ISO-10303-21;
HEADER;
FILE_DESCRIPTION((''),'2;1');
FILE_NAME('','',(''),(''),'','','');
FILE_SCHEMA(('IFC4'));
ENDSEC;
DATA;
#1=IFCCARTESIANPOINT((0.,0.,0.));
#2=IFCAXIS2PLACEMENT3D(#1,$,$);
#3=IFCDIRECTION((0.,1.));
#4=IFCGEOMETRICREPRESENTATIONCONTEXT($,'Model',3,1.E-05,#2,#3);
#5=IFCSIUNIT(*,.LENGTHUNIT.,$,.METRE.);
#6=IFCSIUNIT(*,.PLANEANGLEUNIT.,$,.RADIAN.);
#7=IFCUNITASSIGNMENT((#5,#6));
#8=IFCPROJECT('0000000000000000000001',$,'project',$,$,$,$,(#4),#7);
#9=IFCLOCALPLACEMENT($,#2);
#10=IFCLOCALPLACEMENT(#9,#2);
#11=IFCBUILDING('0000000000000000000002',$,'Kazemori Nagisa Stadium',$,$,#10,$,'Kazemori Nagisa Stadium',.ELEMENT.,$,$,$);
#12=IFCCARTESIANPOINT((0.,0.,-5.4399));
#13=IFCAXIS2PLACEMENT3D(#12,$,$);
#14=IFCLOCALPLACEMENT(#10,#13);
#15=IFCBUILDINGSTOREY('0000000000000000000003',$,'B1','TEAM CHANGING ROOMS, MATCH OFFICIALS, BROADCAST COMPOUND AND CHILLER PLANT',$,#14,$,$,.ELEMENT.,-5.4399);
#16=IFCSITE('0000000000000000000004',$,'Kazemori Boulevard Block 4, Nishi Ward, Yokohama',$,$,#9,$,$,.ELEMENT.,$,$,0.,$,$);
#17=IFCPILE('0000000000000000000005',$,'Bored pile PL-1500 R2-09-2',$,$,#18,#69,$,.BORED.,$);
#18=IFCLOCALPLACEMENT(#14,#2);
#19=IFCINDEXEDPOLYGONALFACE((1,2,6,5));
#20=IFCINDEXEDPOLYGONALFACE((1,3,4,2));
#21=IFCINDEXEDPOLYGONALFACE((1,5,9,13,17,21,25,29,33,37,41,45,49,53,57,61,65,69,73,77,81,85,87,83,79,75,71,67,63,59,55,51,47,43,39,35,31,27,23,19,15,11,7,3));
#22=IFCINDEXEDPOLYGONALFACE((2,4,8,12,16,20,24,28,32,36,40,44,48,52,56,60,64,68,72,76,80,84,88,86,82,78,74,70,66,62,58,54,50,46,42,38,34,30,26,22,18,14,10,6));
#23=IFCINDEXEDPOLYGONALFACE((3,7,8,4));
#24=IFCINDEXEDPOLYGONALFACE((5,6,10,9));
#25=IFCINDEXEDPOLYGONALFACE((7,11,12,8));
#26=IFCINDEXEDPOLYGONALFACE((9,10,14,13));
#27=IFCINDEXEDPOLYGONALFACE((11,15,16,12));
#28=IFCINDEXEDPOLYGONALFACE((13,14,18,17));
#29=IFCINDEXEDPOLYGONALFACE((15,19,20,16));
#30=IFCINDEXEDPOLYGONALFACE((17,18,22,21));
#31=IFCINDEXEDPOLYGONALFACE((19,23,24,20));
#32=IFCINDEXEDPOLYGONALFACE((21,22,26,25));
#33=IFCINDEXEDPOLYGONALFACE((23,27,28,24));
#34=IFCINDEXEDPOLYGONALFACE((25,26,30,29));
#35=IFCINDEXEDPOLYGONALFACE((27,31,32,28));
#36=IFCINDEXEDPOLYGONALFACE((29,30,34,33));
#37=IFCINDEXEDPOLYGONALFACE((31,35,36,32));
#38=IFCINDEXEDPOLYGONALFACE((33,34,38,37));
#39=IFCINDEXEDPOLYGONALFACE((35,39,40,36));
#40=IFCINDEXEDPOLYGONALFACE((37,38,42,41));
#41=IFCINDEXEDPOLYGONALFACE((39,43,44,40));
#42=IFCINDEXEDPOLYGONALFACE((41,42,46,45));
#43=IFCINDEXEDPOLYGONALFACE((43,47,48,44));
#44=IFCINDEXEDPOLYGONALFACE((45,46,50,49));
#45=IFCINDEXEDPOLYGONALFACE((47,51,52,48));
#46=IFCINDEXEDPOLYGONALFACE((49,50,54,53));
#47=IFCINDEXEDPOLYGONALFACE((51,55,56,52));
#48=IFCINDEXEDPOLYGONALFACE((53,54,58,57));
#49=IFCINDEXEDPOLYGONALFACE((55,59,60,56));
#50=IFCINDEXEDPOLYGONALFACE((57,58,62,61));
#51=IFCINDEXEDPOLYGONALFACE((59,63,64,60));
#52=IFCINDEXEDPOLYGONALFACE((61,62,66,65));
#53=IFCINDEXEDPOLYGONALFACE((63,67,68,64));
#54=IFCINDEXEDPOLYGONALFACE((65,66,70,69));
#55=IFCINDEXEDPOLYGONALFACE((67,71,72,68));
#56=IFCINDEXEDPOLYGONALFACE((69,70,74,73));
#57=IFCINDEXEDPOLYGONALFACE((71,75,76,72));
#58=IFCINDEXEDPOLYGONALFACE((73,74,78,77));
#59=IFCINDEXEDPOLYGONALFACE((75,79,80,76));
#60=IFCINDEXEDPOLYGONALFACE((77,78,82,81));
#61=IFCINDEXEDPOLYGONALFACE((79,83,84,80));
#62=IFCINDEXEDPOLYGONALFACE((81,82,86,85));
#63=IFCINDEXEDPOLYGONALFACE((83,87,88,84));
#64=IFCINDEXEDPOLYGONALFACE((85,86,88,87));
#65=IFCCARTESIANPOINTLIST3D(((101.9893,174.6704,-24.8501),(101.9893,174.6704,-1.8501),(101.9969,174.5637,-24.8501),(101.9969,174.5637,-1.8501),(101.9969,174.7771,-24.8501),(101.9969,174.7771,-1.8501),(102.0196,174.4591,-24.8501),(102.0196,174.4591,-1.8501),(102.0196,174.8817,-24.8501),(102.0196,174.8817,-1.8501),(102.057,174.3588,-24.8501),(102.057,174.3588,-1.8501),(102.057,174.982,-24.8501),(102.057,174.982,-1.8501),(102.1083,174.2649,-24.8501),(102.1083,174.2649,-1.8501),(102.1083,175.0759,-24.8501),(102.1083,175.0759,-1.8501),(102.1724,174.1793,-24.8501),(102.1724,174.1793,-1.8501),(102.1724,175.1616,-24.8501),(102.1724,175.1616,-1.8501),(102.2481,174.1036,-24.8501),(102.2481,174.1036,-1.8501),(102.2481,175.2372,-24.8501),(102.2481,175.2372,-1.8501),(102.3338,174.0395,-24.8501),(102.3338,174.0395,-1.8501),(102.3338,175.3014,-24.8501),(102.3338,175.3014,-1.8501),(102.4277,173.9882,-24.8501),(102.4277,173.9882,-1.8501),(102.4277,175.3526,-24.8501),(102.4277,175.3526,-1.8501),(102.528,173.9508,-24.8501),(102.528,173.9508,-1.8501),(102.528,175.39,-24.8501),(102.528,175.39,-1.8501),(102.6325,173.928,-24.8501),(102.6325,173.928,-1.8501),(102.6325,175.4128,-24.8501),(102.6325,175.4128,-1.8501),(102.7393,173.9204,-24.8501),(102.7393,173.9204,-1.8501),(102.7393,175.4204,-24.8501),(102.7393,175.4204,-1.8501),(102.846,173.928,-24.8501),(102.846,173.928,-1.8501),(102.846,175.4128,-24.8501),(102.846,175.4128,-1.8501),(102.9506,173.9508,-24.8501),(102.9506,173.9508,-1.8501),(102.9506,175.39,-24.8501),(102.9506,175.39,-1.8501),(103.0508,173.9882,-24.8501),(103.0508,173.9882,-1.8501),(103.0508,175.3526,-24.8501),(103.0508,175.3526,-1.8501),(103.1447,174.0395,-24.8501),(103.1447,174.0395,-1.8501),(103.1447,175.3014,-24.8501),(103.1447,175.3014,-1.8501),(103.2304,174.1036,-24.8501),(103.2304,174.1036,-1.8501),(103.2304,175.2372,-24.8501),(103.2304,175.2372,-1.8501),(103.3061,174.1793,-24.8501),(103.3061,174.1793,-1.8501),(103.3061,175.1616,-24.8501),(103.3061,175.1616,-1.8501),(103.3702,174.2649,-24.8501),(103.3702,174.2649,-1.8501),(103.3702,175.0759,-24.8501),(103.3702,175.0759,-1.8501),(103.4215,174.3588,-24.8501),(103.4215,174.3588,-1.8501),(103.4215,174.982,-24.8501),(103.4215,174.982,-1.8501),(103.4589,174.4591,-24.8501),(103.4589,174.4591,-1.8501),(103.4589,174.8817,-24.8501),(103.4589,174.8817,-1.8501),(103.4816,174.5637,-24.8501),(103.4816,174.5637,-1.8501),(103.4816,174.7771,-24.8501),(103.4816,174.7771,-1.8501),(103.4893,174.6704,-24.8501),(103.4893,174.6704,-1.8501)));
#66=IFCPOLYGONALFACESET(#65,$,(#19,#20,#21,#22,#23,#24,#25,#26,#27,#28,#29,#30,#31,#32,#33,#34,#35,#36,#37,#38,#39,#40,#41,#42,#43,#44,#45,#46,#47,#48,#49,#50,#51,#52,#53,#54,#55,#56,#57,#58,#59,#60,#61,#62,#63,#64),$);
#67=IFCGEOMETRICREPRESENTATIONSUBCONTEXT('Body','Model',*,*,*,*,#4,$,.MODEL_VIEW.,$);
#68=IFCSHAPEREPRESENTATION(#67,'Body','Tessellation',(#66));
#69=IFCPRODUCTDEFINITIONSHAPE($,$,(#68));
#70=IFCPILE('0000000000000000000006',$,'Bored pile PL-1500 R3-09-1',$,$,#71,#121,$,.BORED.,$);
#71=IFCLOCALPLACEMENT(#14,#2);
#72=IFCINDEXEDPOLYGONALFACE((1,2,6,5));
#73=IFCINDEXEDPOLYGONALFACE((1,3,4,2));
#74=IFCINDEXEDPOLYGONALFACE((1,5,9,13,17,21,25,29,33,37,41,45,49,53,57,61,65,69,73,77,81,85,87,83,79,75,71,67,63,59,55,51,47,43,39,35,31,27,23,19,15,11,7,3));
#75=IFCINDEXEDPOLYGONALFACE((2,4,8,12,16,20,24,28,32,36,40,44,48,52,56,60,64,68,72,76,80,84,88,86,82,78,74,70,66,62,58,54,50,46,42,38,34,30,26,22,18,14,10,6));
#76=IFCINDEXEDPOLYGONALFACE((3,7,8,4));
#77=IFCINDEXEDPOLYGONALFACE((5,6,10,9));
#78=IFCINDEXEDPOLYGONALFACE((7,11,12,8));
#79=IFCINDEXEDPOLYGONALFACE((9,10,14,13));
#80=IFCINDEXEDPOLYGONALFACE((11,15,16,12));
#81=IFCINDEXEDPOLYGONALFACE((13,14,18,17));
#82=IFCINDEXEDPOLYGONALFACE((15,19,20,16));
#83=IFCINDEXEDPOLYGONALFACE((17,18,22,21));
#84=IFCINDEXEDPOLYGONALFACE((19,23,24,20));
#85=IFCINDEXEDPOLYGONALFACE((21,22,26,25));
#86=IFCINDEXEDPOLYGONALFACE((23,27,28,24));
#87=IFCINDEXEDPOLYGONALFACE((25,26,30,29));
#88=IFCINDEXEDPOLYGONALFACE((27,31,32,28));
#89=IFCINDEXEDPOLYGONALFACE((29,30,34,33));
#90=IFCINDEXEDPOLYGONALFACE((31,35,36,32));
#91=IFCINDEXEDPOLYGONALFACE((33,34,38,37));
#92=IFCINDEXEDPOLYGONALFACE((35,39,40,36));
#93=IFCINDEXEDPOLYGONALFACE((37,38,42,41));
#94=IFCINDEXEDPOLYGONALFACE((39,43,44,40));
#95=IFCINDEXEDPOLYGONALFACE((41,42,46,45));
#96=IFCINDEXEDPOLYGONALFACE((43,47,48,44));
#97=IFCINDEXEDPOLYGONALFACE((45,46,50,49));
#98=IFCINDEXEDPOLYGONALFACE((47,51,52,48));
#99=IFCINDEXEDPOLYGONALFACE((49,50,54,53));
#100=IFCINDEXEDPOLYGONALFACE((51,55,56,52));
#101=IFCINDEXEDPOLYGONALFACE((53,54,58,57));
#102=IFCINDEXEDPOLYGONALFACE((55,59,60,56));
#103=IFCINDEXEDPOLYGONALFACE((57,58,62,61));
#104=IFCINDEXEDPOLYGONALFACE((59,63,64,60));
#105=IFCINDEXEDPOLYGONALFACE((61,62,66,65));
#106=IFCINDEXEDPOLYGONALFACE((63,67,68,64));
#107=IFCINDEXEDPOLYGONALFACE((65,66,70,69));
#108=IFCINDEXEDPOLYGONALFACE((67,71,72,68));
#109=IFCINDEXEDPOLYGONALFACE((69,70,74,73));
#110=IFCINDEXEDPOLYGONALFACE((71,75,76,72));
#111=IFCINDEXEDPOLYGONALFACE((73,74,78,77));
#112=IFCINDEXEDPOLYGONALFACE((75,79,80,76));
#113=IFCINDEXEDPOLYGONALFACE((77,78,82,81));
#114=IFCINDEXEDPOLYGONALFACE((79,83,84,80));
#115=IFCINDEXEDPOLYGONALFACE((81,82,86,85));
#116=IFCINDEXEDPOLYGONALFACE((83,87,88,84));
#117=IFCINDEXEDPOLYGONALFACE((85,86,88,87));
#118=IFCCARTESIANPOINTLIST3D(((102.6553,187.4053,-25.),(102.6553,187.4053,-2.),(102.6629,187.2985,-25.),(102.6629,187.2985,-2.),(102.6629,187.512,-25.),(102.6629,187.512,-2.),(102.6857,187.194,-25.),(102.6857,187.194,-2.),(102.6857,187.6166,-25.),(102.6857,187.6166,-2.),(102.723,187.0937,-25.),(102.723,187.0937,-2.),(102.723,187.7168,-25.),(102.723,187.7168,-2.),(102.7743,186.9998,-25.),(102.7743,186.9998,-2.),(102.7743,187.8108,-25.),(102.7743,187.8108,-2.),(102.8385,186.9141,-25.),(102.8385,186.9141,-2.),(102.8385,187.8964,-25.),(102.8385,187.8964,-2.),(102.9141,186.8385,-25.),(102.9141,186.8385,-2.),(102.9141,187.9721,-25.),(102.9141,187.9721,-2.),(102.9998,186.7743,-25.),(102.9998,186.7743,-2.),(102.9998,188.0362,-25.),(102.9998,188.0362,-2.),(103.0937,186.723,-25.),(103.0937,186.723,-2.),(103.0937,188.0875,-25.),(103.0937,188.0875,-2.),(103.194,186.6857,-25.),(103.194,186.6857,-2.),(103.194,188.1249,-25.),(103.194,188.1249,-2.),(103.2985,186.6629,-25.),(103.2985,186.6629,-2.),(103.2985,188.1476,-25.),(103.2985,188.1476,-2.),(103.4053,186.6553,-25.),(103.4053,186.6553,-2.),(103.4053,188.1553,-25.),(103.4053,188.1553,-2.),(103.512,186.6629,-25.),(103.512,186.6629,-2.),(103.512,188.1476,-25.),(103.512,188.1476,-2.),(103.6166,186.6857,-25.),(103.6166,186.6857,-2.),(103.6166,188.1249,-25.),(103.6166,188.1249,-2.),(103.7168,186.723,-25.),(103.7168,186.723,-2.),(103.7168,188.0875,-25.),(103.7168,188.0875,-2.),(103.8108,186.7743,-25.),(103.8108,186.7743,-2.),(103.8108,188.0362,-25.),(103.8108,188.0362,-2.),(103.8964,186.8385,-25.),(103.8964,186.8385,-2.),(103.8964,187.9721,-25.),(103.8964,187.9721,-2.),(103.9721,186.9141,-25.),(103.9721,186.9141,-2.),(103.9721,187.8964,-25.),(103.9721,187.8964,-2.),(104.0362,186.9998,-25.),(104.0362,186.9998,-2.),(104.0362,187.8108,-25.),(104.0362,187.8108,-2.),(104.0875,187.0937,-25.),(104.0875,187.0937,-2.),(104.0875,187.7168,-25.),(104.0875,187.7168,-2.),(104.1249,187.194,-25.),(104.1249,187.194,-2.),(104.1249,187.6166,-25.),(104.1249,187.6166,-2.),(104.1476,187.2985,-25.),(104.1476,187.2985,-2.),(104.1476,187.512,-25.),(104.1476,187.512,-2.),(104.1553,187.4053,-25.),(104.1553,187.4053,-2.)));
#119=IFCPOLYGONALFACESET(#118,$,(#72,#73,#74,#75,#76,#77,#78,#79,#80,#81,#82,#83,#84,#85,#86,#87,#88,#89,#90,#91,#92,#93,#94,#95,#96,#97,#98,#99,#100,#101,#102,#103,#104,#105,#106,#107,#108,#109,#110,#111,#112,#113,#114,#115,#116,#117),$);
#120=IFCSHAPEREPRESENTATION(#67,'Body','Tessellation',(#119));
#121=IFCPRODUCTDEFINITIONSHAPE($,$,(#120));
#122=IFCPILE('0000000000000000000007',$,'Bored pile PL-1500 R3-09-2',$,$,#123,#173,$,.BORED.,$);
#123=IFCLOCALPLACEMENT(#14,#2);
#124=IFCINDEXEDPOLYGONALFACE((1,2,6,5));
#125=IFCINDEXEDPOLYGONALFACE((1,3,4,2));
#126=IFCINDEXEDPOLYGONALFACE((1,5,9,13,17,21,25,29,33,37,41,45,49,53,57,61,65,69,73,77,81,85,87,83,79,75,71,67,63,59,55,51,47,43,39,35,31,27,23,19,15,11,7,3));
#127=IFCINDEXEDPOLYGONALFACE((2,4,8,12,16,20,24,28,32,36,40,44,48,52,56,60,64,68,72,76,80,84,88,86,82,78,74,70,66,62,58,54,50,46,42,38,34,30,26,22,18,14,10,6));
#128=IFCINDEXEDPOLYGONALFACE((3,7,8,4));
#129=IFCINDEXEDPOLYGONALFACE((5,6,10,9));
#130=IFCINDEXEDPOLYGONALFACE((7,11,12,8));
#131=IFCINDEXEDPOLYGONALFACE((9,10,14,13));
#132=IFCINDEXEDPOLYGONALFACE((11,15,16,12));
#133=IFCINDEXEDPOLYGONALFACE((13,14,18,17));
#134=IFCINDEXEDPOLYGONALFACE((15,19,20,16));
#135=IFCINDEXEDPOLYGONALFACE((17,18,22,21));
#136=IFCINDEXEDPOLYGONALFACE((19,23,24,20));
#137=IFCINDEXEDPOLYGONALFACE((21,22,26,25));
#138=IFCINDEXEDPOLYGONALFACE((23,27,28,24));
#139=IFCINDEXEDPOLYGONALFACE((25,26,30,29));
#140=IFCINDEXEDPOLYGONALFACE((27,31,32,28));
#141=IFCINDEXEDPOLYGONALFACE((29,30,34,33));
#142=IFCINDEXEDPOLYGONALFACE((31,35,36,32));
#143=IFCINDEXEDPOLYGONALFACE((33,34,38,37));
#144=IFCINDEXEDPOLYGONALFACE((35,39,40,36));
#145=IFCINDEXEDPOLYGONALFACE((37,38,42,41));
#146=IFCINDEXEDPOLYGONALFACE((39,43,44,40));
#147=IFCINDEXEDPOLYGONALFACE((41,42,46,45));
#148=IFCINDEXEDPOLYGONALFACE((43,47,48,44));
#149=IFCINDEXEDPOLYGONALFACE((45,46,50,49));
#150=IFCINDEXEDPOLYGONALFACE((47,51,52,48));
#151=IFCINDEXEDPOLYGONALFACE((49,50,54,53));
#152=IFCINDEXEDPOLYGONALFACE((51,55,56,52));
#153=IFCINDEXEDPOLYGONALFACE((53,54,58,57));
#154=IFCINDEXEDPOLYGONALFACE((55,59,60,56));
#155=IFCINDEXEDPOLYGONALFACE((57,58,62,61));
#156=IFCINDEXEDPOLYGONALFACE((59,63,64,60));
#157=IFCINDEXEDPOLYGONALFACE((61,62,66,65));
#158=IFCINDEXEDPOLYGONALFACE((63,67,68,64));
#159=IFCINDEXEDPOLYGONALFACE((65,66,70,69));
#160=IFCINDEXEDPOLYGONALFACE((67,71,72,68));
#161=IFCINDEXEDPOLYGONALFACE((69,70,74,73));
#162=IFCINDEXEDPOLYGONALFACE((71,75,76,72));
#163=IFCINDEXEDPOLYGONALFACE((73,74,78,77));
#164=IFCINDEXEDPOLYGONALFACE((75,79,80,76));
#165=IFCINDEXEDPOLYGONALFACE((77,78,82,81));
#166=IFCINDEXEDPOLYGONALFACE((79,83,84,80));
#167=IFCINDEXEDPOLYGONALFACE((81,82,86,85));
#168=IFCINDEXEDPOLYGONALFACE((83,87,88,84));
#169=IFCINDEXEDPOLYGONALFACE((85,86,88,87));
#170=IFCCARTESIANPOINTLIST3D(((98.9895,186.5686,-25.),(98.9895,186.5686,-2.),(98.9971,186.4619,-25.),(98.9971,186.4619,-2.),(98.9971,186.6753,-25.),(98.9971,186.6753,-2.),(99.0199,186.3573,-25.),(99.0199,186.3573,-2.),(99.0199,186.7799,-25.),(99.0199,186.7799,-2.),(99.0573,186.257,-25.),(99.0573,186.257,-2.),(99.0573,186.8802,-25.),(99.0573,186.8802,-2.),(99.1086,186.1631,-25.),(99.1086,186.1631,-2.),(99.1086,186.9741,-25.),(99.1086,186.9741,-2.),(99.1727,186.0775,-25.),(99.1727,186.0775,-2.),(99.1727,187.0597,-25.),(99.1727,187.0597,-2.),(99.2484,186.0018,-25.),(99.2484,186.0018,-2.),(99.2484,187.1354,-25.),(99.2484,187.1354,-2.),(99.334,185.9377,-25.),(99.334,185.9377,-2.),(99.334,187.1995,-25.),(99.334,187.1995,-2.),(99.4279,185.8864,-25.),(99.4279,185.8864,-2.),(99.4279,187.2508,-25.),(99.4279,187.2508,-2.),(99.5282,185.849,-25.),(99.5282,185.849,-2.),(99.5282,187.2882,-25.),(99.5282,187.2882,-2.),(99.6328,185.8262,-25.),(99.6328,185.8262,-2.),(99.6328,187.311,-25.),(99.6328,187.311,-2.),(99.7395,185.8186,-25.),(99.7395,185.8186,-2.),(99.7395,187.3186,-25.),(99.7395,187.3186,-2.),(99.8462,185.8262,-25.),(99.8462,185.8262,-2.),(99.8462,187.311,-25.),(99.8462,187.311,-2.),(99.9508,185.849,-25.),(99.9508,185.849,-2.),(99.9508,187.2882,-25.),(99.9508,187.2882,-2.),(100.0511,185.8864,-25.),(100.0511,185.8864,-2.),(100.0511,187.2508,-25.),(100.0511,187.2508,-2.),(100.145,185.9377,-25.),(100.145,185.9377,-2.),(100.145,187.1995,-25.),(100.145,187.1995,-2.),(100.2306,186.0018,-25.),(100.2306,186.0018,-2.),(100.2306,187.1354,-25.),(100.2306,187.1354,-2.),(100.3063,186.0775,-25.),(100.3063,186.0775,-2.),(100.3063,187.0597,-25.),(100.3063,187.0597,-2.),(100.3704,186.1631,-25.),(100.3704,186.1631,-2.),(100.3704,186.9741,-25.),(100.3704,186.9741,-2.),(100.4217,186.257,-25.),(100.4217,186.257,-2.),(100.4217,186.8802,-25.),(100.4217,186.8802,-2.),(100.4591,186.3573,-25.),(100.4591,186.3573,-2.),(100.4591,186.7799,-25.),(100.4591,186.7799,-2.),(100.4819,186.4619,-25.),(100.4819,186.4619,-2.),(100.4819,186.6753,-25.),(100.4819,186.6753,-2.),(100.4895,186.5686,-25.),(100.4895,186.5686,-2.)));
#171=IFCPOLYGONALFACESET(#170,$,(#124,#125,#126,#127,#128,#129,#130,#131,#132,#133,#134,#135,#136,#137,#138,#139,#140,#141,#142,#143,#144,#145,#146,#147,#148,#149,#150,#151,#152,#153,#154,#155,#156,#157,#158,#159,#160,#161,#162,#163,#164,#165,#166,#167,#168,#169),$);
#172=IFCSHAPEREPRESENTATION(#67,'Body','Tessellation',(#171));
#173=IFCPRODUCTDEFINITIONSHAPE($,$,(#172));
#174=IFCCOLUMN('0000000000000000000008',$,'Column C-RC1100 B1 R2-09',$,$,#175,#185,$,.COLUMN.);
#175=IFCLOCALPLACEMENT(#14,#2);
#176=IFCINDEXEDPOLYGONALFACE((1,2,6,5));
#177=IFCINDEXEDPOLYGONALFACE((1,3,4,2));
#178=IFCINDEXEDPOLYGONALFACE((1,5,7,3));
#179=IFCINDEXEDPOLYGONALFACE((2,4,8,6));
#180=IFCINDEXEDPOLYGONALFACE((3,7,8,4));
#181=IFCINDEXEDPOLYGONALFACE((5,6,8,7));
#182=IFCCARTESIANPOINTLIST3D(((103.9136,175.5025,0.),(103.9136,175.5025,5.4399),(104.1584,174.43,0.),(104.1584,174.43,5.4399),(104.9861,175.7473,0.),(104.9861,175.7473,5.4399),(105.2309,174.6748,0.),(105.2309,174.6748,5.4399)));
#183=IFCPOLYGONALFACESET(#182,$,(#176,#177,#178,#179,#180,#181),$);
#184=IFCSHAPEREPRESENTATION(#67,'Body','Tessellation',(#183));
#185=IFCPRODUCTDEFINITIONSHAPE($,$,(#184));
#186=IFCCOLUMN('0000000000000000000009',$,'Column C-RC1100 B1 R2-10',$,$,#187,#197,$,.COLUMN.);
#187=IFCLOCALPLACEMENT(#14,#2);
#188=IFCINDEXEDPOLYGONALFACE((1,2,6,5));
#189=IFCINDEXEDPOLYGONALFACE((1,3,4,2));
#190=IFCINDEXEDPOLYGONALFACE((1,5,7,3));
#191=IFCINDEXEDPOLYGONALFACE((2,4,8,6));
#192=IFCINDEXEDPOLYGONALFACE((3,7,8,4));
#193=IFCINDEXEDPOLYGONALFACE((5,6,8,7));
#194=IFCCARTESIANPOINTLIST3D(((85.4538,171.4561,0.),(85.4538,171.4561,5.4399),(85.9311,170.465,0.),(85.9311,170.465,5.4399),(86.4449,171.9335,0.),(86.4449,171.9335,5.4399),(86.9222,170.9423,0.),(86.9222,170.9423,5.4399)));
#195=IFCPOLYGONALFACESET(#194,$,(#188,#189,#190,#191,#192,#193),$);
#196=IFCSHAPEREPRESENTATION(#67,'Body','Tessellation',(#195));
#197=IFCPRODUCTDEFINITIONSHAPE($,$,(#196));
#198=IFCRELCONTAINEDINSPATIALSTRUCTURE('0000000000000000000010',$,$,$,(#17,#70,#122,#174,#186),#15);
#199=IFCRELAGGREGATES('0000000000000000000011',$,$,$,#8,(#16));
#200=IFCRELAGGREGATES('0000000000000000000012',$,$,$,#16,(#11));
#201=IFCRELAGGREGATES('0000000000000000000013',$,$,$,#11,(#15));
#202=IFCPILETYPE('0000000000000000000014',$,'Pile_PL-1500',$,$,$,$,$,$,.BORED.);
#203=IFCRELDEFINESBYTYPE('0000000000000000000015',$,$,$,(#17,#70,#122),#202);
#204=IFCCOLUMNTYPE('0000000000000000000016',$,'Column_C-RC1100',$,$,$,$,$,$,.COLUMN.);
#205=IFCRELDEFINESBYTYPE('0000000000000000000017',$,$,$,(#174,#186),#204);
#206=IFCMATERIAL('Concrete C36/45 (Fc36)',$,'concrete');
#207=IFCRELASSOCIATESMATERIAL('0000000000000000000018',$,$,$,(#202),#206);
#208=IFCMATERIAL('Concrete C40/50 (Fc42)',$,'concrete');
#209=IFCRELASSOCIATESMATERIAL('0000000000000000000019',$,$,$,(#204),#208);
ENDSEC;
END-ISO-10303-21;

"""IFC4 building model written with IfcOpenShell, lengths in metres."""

from ifc_helpers import new_model, si_unit, direction, frame, origin, origin_2d, place, context, subcontext, project, spatial, rectangle, circle, extrude, material, material_profile, profile_set, type_object, element, save


model = new_model("IFC4")

# Units and contexts
model_context = context("Model", 3, precision=1e-05, world=origin(), true_north=direction((0.0, 1.0)))
body_context = subcontext(model_context, "Body", "Model", "MODEL_VIEW")
ifc_project = project(units=[si_unit("LENGTHUNIT", "METRE"), si_unit("PLANEANGLEUNIT", "RADIAN")], contexts=[model_context])

# Site, building, storey
site_placement = place(None, origin())
site = spatial("IfcSite", under=ifc_project, at=site_placement, Name="Kazemori Boulevard Block 4, Nishi Ward, Yokohama", CompositionType="ELEMENT", RefElevation=0.0)
building_placement = place(site_placement, origin())
building = spatial("IfcBuilding", under=site, at=building_placement, Name="Kazemori Nagisa Stadium", LongName="Kazemori Nagisa Stadium", CompositionType="ELEMENT")
storey_placement = place(building_placement, frame((0.0, 0.0, -5.4399)))
storey = spatial("IfcBuildingStorey", under=building, at=storey_placement, Name="B1", Description="TEAM CHANGING ROOMS, MATCH OFFICIALS, BROADCAST COMPOUND AND CHILLER PLANT", CompositionType="ELEMENT", Elevation=-5.4399)

# Shared definitions
ifc_material_1 = material(Name="Concrete C40/50 (Fc42)", Category="concrete")

# Piles
ifc_material_2 = material(Name="Concrete C36/45 (Fc36)", Category="concrete")
ifc_material_profile_1 = material_profile(ifc_material_2, circle(Radius=0.75, at=origin_2d()), Name="PILE-D1500")
ifc_profile_set_1 = profile_set([ifc_material_profile_1], Name="Concrete C36/45 (Fc36)")
pile_type_1 = type_object("IfcPileType", Name="Pile_PL-1500", PredefinedType="BORED", material=ifc_profile_set_1)
for number, where, z_axis, x_axis, name in (
    (1, (102.7393, 174.6704, -1.8501), (0.0, 0.0, -1.0), (1.0, 0.0, 0.0), "Bored pile PL-1500 R2-09-2"),
    (2, (103.4053, 187.4053, -2.0), (0.0, 0.0, -1.0), (1.0, 0.0, 0.0), "Bored pile PL-1500 R3-09-1"),
    (3, (99.7395, 186.5686, -2.0), (0.0, 0.0, -1.0), (1.0, 0.0, 0.0), "Bored pile PL-1500 R3-09-2"),
):
    element("IfcPile", number, at=place(storey_placement, frame(where, z_axis=z_axis, x_axis=x_axis)), inside=storey, type_object=pile_type_1, Name=name, PredefinedType="BORED", context=body_context, shape_type="SweptSolid", body=[
        extrude(circle(Radius=0.75, at=origin_2d()), origin(), (0.0, 0.0, 1.0), 23.0),
    ])

# Columns
ifc_material_profile_2 = material_profile(ifc_material_1, rectangle(XDim=1.1001, YDim=1.1001, at=origin_2d()), Name="RC-COL-1100x1100")
ifc_profile_set_2 = profile_set([ifc_material_profile_2], Name="Concrete C40/50 (Fc42)")
column_type_1 = type_object("IfcColumnType", Name="Column_C-RC1100", PredefinedType="COLUMN", material=ifc_profile_set_2)
for number, where, z_axis, x_axis, name in (
    (4, (104.5723, 175.0886, 0.0), (0.0, 0.0, 1.0), (-0.222521, 0.974928, 0.0), "Column C-RC1100 B1 R2-09"),
    (5, (86.188, 171.1992, 0.0), (0.0, 0.0, 1.0), (-0.433884, 0.900969, 0.0), "Column C-RC1100 B1 R2-10"),
):
    element("IfcColumn", number, at=place(storey_placement, frame(where, z_axis=z_axis, x_axis=x_axis)), inside=storey, type_object=column_type_1, Name=name, PredefinedType="COLUMN", context=body_context, shape_type="SweptSolid", body=[
        extrude(rectangle(XDim=1.1001, YDim=1.1001, at=origin_2d()), origin(), (0.0, 0.0, 1.0), 5.4399),
    ])

save(model, "model.ifc")
